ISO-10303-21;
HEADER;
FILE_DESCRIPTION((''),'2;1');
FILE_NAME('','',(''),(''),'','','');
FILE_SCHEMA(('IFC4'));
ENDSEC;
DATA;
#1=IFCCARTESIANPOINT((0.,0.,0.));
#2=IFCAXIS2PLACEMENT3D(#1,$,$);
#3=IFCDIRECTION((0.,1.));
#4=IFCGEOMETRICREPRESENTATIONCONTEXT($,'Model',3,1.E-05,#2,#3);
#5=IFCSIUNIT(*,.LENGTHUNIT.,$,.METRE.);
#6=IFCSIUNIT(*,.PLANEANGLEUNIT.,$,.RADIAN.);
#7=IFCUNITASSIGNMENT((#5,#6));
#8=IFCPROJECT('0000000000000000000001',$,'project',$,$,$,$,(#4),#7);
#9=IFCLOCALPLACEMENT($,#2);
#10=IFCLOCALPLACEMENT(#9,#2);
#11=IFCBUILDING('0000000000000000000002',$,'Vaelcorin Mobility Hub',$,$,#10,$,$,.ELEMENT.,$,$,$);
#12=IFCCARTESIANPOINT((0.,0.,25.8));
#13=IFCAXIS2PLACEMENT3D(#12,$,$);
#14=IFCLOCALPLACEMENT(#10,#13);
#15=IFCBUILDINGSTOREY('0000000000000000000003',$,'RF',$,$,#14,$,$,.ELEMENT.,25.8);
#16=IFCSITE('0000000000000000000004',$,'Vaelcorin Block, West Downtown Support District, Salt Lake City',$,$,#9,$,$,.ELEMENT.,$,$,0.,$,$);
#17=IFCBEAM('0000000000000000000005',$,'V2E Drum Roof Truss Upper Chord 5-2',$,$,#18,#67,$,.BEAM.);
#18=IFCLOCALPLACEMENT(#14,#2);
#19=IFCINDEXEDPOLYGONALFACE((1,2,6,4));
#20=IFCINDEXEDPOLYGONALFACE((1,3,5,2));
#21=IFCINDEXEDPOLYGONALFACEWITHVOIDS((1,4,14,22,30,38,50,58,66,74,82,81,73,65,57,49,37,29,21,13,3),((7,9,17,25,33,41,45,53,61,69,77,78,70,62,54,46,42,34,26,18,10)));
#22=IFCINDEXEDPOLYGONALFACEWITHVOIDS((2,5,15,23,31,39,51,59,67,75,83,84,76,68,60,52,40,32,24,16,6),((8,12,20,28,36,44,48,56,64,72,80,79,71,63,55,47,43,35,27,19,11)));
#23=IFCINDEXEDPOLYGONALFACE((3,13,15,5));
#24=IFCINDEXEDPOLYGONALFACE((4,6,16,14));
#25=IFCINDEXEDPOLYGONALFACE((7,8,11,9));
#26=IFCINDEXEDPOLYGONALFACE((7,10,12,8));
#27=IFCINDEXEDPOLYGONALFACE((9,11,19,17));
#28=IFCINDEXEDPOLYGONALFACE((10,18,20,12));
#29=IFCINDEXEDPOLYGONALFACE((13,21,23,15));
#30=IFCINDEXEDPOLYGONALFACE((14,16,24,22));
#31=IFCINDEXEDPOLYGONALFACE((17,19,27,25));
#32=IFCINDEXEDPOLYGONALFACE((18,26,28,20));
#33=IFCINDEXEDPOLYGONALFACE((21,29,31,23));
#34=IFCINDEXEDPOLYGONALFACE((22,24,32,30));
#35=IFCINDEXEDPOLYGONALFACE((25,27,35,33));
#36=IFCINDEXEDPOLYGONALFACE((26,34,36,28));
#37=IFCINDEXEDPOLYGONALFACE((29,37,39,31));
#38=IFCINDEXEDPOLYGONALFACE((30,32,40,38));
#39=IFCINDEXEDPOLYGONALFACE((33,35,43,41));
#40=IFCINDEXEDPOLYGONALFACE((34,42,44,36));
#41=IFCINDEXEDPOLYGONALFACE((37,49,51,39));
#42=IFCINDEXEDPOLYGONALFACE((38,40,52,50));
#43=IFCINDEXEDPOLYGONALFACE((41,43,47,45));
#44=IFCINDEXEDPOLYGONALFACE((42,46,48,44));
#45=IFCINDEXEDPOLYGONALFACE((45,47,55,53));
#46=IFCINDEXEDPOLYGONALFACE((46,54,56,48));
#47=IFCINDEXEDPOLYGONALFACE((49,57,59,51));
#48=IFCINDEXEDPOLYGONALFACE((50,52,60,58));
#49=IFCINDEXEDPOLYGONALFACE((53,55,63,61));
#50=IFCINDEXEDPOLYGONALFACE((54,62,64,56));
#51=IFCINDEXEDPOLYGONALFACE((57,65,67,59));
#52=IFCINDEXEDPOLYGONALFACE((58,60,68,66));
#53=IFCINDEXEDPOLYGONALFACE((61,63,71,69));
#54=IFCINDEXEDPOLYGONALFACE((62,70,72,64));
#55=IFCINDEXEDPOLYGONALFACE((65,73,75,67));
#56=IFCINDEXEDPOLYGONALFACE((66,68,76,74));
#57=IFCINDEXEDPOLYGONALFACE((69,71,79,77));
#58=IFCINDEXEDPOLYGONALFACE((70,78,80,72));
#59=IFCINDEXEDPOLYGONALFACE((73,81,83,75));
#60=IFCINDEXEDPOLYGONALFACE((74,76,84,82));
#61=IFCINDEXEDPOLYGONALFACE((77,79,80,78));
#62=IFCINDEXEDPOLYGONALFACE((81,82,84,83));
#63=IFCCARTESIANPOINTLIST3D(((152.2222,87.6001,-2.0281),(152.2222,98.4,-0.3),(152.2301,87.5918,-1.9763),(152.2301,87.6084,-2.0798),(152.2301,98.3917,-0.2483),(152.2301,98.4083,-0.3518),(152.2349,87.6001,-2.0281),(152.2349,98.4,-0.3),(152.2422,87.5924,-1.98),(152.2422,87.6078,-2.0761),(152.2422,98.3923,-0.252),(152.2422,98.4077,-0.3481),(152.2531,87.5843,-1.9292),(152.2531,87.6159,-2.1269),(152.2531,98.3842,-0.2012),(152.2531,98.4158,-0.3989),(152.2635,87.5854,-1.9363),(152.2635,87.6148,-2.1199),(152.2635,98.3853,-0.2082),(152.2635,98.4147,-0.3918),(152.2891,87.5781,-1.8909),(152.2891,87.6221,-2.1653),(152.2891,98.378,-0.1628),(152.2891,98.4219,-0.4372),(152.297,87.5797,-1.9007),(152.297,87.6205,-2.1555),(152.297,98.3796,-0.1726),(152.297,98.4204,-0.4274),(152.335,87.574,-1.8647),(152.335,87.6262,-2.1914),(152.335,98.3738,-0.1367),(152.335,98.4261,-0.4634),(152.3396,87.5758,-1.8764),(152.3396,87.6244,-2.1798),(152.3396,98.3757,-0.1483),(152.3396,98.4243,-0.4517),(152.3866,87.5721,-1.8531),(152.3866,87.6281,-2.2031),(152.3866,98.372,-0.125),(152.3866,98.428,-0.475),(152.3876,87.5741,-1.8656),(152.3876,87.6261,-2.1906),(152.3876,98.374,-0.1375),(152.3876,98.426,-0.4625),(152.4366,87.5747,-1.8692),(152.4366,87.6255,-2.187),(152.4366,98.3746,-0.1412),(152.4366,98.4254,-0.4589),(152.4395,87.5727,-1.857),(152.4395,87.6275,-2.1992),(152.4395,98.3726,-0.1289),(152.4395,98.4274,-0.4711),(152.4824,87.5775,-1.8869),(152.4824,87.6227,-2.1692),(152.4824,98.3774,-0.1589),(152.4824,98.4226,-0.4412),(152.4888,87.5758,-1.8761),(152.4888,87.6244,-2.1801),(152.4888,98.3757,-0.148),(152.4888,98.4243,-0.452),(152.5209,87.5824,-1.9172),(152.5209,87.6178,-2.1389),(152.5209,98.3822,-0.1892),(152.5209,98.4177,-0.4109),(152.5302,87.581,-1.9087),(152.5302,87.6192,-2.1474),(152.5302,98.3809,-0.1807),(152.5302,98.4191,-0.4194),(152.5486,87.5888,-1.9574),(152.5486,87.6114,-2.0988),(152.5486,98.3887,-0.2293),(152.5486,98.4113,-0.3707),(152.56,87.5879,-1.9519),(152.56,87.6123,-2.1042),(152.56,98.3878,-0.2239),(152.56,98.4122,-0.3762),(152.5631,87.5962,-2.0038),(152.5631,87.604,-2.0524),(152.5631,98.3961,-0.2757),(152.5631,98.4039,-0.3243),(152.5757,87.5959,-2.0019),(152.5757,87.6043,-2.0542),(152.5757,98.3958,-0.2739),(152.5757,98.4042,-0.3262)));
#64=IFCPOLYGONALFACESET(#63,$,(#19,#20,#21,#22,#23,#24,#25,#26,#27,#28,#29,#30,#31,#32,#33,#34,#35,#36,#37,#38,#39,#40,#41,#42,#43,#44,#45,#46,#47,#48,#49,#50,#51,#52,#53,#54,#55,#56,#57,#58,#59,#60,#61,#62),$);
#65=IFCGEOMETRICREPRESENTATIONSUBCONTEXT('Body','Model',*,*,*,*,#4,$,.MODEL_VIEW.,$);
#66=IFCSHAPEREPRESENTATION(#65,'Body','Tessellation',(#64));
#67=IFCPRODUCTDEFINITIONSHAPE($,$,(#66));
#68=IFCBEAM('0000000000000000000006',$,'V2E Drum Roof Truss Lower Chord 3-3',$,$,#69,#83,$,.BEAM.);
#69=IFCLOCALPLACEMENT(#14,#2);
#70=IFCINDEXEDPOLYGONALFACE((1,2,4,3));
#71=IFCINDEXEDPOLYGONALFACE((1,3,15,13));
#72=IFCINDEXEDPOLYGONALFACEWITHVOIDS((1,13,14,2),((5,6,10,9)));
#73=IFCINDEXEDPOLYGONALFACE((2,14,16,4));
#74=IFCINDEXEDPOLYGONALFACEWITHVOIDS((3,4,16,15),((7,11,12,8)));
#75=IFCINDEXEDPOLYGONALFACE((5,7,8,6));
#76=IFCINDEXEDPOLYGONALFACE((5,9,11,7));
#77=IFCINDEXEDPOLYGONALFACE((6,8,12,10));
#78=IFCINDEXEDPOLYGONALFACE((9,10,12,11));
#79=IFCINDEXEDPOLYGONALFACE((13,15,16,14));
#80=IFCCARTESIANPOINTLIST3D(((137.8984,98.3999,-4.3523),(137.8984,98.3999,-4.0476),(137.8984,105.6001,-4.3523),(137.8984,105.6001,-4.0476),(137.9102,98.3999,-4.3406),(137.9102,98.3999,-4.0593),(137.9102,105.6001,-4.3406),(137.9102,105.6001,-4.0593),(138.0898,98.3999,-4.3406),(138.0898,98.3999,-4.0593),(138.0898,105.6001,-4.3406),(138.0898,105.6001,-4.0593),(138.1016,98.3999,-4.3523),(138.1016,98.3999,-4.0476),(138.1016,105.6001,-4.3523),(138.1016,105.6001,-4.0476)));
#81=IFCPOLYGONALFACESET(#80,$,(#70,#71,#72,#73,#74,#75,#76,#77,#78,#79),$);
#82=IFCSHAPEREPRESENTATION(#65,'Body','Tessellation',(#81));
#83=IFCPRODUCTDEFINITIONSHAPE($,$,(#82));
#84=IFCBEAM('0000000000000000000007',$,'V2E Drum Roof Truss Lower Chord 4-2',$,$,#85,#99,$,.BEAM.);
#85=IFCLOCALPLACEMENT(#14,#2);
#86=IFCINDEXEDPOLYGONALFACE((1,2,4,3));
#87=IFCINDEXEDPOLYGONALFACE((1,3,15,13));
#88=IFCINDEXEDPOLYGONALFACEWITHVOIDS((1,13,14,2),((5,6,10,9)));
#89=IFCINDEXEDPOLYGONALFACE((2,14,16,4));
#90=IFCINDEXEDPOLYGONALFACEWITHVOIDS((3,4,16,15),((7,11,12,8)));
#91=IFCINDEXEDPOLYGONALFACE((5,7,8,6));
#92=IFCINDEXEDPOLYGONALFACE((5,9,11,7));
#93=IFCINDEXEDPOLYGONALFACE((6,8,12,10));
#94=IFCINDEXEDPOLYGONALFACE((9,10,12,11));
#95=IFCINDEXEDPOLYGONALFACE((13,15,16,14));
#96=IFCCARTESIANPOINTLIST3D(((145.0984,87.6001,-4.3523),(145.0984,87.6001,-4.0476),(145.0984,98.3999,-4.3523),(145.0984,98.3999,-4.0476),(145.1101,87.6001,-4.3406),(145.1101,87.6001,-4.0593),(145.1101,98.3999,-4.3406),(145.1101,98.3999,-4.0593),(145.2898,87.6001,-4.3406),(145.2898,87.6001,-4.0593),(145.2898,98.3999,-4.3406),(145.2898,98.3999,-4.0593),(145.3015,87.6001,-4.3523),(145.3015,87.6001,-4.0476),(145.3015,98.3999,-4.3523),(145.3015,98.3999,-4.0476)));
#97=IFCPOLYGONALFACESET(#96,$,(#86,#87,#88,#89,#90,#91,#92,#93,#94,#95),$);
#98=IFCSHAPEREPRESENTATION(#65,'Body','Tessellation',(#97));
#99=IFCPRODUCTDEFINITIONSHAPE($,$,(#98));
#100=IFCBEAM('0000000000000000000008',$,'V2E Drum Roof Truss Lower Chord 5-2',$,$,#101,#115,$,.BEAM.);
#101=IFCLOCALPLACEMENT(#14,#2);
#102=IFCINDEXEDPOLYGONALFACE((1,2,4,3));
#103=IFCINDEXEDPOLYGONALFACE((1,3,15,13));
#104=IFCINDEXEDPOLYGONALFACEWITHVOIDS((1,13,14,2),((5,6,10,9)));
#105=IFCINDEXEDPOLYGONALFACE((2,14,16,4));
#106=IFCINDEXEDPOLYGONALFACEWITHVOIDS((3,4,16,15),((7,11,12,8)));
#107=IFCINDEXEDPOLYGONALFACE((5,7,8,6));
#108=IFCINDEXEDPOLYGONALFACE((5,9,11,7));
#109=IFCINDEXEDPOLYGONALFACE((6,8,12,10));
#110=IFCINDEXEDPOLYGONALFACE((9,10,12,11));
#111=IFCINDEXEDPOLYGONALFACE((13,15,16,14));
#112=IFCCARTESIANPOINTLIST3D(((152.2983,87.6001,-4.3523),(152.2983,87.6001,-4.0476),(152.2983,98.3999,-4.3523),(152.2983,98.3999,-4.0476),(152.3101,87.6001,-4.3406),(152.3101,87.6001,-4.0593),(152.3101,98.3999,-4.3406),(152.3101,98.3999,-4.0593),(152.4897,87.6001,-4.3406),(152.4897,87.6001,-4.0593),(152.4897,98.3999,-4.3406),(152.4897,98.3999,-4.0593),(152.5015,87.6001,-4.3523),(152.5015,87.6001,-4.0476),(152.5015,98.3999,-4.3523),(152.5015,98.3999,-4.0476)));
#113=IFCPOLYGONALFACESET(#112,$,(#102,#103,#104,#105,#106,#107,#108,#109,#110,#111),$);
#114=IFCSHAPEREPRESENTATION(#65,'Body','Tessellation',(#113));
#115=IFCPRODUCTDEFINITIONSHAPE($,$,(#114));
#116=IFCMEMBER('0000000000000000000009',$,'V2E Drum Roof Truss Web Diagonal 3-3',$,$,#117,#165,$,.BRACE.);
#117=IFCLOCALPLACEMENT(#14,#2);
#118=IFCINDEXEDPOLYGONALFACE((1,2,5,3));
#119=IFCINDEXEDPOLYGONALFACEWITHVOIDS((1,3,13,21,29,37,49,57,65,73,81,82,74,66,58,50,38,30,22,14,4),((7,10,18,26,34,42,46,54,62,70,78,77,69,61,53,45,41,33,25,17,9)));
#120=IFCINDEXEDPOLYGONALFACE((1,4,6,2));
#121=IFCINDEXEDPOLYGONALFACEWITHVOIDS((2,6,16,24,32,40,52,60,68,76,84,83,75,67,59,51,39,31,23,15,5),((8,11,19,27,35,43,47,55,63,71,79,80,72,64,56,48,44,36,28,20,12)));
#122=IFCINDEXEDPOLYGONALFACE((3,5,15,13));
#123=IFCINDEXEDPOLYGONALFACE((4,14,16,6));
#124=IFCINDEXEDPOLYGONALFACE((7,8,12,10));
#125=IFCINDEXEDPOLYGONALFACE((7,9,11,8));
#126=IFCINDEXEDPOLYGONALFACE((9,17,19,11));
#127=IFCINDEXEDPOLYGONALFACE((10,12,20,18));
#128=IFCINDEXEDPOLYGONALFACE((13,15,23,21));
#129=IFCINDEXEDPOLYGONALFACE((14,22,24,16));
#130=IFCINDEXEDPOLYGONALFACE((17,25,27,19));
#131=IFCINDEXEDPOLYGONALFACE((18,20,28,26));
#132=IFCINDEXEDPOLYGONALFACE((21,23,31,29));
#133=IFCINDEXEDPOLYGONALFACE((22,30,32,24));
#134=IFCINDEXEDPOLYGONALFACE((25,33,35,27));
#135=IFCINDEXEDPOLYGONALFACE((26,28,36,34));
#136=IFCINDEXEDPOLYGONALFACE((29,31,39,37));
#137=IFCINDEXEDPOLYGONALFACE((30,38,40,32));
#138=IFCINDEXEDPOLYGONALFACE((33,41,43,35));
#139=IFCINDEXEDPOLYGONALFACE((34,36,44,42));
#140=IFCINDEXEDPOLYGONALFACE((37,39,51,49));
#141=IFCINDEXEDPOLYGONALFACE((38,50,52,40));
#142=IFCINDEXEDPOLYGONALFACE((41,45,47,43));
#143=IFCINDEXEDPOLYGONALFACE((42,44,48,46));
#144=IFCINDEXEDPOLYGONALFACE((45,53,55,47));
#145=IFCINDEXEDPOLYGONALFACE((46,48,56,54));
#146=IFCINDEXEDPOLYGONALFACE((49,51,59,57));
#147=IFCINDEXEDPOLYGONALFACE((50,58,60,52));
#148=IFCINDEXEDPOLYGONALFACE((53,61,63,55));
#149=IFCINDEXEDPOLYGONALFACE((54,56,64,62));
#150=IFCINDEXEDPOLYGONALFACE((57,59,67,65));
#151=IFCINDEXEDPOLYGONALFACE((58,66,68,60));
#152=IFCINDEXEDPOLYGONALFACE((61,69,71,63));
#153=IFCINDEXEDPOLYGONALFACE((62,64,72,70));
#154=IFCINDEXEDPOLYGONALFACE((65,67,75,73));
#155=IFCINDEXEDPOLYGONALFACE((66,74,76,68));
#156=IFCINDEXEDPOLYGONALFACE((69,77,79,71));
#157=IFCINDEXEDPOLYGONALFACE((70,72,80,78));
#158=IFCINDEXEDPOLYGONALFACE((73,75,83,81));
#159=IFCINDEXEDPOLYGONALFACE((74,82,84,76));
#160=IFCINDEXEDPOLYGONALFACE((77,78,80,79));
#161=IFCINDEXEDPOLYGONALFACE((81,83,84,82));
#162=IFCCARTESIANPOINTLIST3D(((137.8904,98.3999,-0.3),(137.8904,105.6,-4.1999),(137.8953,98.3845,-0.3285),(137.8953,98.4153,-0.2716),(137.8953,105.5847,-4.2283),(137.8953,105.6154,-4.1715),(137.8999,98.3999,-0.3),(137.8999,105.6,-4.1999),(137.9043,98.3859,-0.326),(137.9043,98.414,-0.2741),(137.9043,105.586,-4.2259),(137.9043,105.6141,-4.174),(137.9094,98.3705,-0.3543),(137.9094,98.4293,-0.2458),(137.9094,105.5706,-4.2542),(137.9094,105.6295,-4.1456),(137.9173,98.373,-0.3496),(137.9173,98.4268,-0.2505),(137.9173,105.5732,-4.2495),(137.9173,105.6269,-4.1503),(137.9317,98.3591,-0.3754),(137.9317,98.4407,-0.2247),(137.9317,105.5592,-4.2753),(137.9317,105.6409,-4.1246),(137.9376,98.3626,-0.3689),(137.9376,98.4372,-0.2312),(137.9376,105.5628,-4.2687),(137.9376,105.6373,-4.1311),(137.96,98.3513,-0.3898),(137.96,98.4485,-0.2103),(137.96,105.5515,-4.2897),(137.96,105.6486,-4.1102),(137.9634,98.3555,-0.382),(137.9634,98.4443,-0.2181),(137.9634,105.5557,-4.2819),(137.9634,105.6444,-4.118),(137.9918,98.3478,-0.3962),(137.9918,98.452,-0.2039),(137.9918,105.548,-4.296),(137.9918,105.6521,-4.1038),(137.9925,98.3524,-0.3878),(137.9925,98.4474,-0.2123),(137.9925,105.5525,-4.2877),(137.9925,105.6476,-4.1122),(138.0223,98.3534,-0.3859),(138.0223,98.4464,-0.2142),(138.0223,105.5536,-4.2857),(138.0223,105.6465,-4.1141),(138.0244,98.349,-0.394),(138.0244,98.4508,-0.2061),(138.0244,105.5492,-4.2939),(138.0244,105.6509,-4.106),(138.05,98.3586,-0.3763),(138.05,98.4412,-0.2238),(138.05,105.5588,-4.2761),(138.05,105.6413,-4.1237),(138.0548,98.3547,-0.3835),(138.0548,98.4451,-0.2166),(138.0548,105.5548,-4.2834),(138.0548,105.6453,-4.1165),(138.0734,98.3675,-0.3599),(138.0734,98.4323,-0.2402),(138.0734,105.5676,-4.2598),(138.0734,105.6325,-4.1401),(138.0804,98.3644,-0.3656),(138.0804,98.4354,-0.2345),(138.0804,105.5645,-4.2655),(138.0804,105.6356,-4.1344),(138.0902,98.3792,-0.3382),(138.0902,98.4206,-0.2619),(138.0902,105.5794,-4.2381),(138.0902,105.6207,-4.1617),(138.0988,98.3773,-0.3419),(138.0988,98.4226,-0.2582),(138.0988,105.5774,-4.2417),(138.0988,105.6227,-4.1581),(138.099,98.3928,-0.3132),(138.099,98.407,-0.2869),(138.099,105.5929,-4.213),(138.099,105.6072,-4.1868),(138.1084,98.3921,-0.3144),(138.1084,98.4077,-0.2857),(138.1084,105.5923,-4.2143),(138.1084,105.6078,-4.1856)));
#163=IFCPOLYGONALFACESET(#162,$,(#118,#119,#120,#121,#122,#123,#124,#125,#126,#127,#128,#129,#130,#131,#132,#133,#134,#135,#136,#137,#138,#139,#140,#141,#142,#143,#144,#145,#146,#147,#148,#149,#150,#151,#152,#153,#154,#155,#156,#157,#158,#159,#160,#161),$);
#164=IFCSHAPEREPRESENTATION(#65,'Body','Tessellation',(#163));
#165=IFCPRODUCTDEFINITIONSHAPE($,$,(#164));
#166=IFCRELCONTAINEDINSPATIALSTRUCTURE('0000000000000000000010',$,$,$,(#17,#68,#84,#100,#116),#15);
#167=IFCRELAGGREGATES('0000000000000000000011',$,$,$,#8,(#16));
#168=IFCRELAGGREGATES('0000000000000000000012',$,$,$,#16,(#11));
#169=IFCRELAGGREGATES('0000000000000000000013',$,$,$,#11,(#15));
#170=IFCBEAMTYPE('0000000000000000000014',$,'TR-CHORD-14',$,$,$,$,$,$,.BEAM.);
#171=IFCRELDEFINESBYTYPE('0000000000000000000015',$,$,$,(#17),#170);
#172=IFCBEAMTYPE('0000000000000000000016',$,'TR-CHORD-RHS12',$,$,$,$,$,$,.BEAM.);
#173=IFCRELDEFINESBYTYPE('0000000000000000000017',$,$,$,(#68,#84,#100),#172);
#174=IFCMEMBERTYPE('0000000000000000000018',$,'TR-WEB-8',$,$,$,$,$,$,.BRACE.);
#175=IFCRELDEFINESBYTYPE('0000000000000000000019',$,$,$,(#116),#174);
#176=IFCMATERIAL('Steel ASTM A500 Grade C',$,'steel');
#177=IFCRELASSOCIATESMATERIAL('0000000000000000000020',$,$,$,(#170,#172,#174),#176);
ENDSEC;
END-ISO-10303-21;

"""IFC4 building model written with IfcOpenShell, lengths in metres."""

from ifc_helpers import new_model, si_unit, direction, frame, origin, origin_2d, place, context, subcontext, project, spatial, hollow_rectangle, hollow_circle, extrude, material, material_profile, profile_set, type_object, element, save


model = new_model("IFC4")

# Units and contexts
model_context = context("Model", 3, precision=1e-05, world=origin(), true_north=direction((0.0, 1.0)))
body_context = subcontext(model_context, "Body", "Model", "MODEL_VIEW")
ifc_project = project(units=[si_unit("LENGTHUNIT", "METRE"), si_unit("PLANEANGLEUNIT", "RADIAN")], contexts=[model_context])

# Site, building, storey
site_placement = place(None, origin())
site = spatial("IfcSite", under=ifc_project, at=site_placement, Name="Vaelcorin Block, West Downtown Support District, Salt Lake City", CompositionType="ELEMENT", RefElevation=0.0)
building_placement = place(site_placement, origin())
building = spatial("IfcBuilding", under=site, at=building_placement, Name="Vaelcorin Mobility Hub", CompositionType="ELEMENT")
storey_placement = place(building_placement, frame((0.0, 0.0, 25.8)))
storey = spatial("IfcBuildingStorey", under=building, at=storey_placement, Name="RF", CompositionType="ELEMENT", Elevation=25.8)

# Shared definitions
ifc_material_1 = material(Name="Steel ASTM A500 Grade C", Category="steel")

# Beams
ifc_material_profile_1 = material_profile(ifc_material_1, hollow_circle(Radius=0.1777, WallThickness=0.0127, at=origin_2d()), Name="HSS14.000X0.500")
ifc_profile_set_1 = profile_set([ifc_material_profile_1], Name="Steel ASTM A500 Grade C")
beam_type_1 = type_object("IfcBeamType", Name="TR-CHORD-14", PredefinedType="BEAM", material=ifc_profile_set_1)
for number, where, z_axis, x_axis, name in (
    (1, (152.3999, 87.6001, -2.0281), (0.0, 0.98744, 0.157996), (-1.0, 0.0, 0.0), "V2E Drum Roof Truss Upper Chord 5-2"),
):
    element("IfcBeam", number, at=place(storey_placement, frame(where, z_axis=z_axis, x_axis=x_axis)), inside=storey, type_object=beam_type_1, Name=name, PredefinedType="BEAM", context=body_context, shape_type="SweptSolid", body=[
        extrude(hollow_circle(Radius=0.1777, WallThickness=0.0127, at=origin_2d()), origin(), (0.0, 0.0, 1.0), 10.9373),
    ])
ifc_material_profile_2 = material_profile(ifc_material_1, hollow_rectangle(XDim=0.2031, YDim=0.3047, WallThickness=0.0117, at=origin_2d()), Name="HSS12X8X0.500")
ifc_profile_set_2 = profile_set([ifc_material_profile_2], Name="Steel ASTM A500 Grade C")
beam_type_2 = type_object("IfcBeamType", Name="TR-CHORD-RHS12", PredefinedType="BEAM", material=ifc_profile_set_2)
beam_1_placement = place(storey_placement, frame((138.0, 98.3999, -4.2), z_axis=(0.0, 1.0, 0.0), x_axis=(-1.0, 0.0, 0.0)))
element("IfcBeam", 2, at=beam_1_placement, inside=storey, type_object=beam_type_2, Name="V2E Drum Roof Truss Lower Chord 3-3", PredefinedType="BEAM", context=body_context, shape_type="SweptSolid", body=[
    extrude(hollow_rectangle(XDim=0.2031, YDim=0.3047, WallThickness=0.0117, at=origin_2d()), origin(), (0.0, 0.0, 1.0), 7.2002),
])
for number, where, z_axis, x_axis, name in (
    (3, (145.2, 87.6001, -4.2), (0.0, 1.0, 0.0), (-1.0, 0.0, 0.0), "V2E Drum Roof Truss Lower Chord 4-2"),
    (4, (152.3999, 87.6001, -4.2), (0.0, 1.0, 0.0), (-1.0, 0.0, 0.0), "V2E Drum Roof Truss Lower Chord 5-2"),
):
    element("IfcBeam", number, at=place(storey_placement, frame(where, z_axis=z_axis, x_axis=x_axis)), inside=storey, type_object=beam_type_2, Name=name, PredefinedType="BEAM", context=body_context, shape_type="SweptSolid", body=[
        extrude(hollow_rectangle(XDim=0.2031, YDim=0.3047, WallThickness=0.0117, at=origin_2d()), origin(), (0.0, 0.0, 1.0), 10.7998),
    ])

# Member
ifc_material_profile_3 = material_profile(ifc_material_1, hollow_circle(Radius=0.1096, WallThickness=0.0095, at=origin_2d()), Name="HSS8.625X0.375")
ifc_profile_set_3 = profile_set([ifc_material_profile_3], Name="Steel ASTM A500 Grade C")
member_type_1 = type_object("IfcMemberType", Name="TR-WEB-8", PredefinedType="BRACE", material=ifc_profile_set_3)
member_1_placement = place(storey_placement, frame((138.0, 98.3999, -0.3), z_axis=(0.0, 0.879302, -0.476264), x_axis=(-1.0, 0.0, 0.0)))
element("IfcMember", 5, at=member_1_placement, inside=storey, type_object=member_type_1, Name="V2E Drum Roof Truss Web Diagonal 3-3", PredefinedType="BRACE", context=body_context, shape_type="SweptSolid", body=[
    extrude(hollow_circle(Radius=0.1096, WallThickness=0.0095, at=origin_2d()), origin(), (0.0, 0.0, 1.0), 8.1885),
])

save(model, "model.ifc")
